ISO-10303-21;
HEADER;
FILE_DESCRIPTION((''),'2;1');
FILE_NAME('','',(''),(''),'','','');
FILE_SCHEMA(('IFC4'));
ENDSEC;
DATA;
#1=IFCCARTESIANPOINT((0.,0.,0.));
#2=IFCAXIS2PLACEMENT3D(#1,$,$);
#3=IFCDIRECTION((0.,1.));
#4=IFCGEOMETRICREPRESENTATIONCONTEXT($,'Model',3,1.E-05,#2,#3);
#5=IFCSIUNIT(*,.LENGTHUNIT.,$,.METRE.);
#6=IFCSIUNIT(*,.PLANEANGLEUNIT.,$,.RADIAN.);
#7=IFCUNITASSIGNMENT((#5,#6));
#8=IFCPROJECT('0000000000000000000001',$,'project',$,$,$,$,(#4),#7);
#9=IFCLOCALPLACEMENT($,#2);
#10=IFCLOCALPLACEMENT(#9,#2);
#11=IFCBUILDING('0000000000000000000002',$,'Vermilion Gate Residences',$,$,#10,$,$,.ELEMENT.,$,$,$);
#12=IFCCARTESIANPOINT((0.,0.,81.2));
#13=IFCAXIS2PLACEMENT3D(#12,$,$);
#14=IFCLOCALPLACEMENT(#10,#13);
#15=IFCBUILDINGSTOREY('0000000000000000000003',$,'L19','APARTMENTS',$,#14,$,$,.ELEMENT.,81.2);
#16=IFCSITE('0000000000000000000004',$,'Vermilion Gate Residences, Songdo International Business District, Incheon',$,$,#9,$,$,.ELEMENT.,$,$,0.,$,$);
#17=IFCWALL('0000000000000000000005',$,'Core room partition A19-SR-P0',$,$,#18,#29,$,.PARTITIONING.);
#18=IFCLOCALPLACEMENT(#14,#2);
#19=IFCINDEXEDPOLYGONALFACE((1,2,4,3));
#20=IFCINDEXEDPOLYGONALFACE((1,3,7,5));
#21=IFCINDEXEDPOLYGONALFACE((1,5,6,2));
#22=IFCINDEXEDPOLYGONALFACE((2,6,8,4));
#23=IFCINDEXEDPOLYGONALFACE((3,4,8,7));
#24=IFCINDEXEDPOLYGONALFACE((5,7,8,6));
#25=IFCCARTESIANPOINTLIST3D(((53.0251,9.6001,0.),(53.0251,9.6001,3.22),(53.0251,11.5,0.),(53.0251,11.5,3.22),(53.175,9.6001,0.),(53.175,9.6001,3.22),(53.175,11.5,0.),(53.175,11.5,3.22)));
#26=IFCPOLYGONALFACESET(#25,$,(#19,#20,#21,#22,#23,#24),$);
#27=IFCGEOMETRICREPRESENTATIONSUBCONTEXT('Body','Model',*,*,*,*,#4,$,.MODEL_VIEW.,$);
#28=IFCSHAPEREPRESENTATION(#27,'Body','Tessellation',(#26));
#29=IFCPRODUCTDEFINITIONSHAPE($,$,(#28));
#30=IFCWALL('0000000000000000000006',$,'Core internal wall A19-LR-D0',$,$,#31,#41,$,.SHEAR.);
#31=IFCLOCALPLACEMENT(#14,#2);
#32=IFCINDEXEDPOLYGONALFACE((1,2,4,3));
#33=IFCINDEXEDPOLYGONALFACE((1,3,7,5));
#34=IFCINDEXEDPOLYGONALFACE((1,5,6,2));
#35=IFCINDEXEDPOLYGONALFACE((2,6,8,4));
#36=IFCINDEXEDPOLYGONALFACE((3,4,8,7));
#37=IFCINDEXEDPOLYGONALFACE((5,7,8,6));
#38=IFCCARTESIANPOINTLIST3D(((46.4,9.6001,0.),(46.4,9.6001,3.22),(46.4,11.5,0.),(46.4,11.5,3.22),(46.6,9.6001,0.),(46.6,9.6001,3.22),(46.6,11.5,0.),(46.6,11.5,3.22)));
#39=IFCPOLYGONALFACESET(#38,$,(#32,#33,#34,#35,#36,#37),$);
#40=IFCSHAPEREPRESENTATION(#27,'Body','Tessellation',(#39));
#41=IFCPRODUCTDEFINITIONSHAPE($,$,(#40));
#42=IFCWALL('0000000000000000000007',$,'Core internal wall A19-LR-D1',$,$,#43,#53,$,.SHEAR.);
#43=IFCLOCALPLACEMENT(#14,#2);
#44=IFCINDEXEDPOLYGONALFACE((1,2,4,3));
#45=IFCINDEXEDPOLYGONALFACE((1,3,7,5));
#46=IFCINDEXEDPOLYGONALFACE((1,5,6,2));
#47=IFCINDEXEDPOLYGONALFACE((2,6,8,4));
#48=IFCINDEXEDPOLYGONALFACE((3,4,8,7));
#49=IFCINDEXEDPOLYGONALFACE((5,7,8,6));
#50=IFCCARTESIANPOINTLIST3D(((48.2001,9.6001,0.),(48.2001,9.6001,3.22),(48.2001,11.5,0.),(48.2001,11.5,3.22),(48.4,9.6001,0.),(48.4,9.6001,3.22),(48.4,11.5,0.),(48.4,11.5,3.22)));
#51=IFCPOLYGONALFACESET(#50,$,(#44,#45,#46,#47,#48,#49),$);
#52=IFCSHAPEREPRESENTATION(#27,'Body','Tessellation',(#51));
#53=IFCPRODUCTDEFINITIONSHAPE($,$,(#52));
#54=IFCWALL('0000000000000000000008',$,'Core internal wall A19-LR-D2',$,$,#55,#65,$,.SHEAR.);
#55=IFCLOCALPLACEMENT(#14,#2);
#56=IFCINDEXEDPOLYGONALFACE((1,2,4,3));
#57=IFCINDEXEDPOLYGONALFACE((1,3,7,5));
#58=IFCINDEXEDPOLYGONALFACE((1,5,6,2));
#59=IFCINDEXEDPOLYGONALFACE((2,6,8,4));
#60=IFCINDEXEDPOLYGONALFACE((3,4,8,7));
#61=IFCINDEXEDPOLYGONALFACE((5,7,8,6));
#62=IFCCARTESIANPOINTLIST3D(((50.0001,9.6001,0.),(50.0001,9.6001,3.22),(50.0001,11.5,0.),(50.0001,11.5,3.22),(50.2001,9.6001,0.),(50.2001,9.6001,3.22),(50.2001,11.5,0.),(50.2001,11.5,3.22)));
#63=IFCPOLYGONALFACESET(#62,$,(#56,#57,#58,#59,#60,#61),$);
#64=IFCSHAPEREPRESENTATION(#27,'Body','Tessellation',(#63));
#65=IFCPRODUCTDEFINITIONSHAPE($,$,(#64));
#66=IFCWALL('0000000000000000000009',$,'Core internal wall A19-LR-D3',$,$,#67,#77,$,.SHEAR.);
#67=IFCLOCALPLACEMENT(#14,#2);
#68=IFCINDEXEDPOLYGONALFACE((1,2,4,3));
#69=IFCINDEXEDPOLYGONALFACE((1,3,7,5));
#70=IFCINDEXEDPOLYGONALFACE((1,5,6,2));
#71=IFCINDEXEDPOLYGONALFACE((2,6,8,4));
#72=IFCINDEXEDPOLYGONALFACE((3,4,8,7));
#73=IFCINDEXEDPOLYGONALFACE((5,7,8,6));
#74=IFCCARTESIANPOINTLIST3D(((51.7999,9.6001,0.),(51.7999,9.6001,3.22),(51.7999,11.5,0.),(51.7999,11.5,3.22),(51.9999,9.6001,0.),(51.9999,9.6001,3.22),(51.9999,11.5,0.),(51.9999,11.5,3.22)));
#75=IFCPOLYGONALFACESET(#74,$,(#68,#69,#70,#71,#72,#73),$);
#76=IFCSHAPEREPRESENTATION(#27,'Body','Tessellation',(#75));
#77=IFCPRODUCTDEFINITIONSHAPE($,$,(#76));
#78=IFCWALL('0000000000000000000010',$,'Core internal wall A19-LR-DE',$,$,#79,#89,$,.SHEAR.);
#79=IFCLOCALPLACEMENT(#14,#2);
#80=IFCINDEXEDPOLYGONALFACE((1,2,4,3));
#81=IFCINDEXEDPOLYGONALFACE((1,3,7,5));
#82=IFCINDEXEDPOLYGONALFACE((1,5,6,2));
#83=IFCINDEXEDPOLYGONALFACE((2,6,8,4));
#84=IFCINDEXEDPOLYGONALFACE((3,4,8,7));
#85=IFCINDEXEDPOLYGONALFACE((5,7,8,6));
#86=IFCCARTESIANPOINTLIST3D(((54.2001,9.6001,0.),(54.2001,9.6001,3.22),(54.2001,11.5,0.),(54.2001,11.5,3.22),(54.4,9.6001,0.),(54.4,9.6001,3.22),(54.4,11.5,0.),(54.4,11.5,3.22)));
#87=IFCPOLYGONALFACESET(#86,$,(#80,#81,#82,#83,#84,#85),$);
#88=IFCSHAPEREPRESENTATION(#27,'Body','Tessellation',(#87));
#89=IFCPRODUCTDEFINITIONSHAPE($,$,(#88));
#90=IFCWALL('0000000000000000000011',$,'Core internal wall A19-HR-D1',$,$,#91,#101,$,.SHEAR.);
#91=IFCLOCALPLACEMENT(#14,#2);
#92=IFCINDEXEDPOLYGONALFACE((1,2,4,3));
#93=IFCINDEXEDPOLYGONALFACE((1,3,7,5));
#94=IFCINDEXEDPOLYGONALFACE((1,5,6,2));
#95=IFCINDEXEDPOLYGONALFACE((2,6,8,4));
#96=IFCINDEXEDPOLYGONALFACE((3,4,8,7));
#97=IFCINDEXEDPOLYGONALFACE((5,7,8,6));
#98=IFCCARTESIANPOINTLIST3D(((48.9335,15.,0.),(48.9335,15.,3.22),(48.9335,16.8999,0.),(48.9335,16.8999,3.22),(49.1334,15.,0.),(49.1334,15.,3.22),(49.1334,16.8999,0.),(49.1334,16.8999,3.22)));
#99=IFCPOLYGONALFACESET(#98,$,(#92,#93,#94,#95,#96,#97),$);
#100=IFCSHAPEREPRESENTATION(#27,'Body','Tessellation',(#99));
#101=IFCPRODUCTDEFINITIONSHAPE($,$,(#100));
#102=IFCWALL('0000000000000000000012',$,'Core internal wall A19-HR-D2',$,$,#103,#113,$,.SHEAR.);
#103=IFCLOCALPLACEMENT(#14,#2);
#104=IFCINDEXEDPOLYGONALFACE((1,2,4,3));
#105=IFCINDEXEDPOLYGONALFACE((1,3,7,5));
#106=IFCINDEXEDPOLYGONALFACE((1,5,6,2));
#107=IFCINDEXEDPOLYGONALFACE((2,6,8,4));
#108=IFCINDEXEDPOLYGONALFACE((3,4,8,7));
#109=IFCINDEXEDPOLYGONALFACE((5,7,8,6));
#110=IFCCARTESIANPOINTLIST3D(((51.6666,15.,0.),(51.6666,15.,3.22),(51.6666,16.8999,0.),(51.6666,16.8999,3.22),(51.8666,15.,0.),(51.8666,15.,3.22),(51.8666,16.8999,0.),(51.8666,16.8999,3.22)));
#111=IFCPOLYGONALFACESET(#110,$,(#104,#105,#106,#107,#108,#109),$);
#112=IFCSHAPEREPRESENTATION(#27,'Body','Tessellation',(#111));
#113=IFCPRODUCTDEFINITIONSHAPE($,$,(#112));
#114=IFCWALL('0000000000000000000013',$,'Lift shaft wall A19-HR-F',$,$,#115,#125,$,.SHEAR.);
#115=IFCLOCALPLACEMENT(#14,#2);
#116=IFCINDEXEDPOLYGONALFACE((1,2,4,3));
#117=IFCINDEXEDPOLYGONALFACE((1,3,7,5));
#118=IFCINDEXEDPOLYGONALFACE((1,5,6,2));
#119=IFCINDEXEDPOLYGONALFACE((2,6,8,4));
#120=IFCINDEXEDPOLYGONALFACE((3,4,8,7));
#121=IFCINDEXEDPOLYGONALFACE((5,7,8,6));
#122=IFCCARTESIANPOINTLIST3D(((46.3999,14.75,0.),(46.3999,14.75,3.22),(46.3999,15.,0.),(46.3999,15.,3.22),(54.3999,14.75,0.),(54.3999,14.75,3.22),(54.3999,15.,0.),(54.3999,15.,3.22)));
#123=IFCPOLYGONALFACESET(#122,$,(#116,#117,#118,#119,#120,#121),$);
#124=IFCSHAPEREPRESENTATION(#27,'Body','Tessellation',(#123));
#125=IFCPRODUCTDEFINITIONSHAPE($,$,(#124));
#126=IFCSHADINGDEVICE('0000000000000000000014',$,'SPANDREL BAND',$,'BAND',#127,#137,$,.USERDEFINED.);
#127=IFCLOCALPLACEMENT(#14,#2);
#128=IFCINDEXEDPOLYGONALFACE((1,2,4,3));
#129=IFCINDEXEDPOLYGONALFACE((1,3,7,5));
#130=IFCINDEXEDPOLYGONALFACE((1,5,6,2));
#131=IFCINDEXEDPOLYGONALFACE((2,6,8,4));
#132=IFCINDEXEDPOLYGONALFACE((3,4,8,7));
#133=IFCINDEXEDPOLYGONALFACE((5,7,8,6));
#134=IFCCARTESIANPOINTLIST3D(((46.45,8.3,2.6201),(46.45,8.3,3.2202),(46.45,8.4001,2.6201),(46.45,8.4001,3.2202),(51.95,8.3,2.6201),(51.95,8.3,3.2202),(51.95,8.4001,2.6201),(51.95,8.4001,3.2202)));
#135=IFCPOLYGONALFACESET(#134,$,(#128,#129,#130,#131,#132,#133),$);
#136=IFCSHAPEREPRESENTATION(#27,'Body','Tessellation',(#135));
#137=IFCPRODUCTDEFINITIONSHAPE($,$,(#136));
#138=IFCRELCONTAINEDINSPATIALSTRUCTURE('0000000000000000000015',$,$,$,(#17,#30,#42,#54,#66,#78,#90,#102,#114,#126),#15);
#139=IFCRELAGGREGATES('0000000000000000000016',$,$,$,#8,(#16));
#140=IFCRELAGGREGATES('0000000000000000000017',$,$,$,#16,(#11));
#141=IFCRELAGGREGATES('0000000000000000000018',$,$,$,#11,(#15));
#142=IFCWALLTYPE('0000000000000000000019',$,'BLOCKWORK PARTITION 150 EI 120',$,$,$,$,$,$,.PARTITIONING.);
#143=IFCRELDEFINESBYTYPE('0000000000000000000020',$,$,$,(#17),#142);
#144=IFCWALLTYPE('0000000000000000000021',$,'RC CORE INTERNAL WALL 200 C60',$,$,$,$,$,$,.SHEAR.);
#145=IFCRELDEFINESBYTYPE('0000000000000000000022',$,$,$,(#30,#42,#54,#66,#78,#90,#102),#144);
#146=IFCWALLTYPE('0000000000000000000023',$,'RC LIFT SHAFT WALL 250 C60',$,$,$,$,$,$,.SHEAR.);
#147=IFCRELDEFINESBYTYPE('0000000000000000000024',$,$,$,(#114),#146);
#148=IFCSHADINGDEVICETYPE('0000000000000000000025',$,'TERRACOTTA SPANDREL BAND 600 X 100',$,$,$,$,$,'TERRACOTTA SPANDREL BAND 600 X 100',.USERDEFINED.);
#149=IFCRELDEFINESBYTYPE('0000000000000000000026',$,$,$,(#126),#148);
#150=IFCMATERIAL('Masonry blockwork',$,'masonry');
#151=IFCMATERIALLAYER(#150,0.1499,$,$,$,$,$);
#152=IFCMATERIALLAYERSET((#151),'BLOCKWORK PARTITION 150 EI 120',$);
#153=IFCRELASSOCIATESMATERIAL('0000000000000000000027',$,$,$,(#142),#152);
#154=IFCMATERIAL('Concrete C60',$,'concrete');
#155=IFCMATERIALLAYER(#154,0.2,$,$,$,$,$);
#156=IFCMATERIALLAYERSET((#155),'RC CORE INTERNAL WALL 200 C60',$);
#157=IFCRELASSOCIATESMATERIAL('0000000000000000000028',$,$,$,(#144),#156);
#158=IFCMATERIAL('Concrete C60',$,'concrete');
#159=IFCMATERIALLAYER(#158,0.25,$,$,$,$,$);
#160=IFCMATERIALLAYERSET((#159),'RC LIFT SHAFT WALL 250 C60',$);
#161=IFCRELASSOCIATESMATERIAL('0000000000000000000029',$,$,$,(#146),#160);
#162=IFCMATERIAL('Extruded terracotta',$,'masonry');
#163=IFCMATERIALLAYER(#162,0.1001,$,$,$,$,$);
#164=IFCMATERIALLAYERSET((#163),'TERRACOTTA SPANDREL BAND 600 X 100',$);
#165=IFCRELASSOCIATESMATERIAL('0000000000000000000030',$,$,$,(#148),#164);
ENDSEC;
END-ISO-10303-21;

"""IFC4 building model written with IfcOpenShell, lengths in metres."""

from ifc_helpers import new_model, si_unit, direction, frame, frame_2d, origin, origin_2d, place, context, subcontext, project, spatial, rectangle, extrude, material, layer, layer_set, type_object, element, save


model = new_model("IFC4")

# Units and contexts
model_context = context("Model", 3, precision=1e-05, world=origin(), true_north=direction((0.0, 1.0)))
body_context = subcontext(model_context, "Body", "Model", "MODEL_VIEW")
ifc_project = project(units=[si_unit("LENGTHUNIT", "METRE"), si_unit("PLANEANGLEUNIT", "RADIAN")], contexts=[model_context])

# Site, building, storey
site_placement = place(None, origin())
site = spatial("IfcSite", under=ifc_project, at=site_placement, Name="Vermilion Gate Residences, Songdo International Business District, Incheon", CompositionType="ELEMENT", RefElevation=0.0)
building_placement = place(site_placement, origin())
building = spatial("IfcBuilding", under=site, at=building_placement, Name="Vermilion Gate Residences", CompositionType="ELEMENT")
storey_placement = place(building_placement, frame((0.0, 0.0, 81.2)))
storey = spatial("IfcBuildingStorey", under=building, at=storey_placement, Name="L19", Description="APARTMENTS", CompositionType="ELEMENT", Elevation=81.2)

# Walls
ifc_material_1 = material(Name="Masonry blockwork", Category="masonry")
ifc_layer_1 = layer(ifc_material_1, 0.1499)
ifc_layer_set_1 = layer_set([ifc_layer_1], Name="BLOCKWORK PARTITION 150 EI 120")
wall_type_1 = type_object("IfcWallType", Name="BLOCKWORK PARTITION 150 EI 120", PredefinedType="PARTITIONING", material=ifc_layer_set_1)
wall_1_placement = place(storey_placement, frame((53.1001, 9.6001, 0.0), z_axis=(0.0, 0.0, 1.0), x_axis=(0.0, 1.0, 0.0)))
element("IfcWall", 1, at=wall_1_placement, inside=storey, type_object=wall_type_1, Name="Core room partition A19-SR-P0", PredefinedType="PARTITIONING", context=body_context, shape_type="SweptSolid", body=[
    extrude(rectangle(XDim=1.8999, YDim=0.1499, at=frame_2d((0.95, 0.0))), origin(), (0.0, 0.0, 1.0), 3.22),
])
ifc_material_2 = material(Name="Concrete C60", Category="concrete")
ifc_layer_2 = layer(ifc_material_2, 0.2)
ifc_layer_set_2 = layer_set([ifc_layer_2], Name="RC CORE INTERNAL WALL 200 C60")
wall_type_2 = type_object("IfcWallType", Name="RC CORE INTERNAL WALL 200 C60", PredefinedType="SHEAR", material=ifc_layer_set_2)
for number, where, z_axis, x_axis, name in (
    (2, (46.5, 9.6001, 0.0), (0.0, 0.0, 1.0), (0.0, 1.0, 0.0), "Core internal wall A19-LR-D0"),
    (3, (48.3, 9.6001, 0.0), (0.0, 0.0, 1.0), (0.0, 1.0, 0.0), "Core internal wall A19-LR-D1"),
    (4, (50.1001, 9.6001, 0.0), (0.0, 0.0, 1.0), (0.0, 1.0, 0.0), "Core internal wall A19-LR-D2"),
    (5, (51.8999, 9.6001, 0.0), (0.0, 0.0, 1.0), (0.0, 1.0, 0.0), "Core internal wall A19-LR-D3"),
    (6, (54.3, 9.6001, 0.0), (0.0, 0.0, 1.0), (0.0, 1.0, 0.0), "Core internal wall A19-LR-DE"),
    (7, (49.0334, 15.0, 0.0), (0.0, 0.0, 1.0), (0.0, 1.0, 0.0), "Core internal wall A19-HR-D1"),
    (8, (51.7666, 15.0, 0.0), (0.0, 0.0, 1.0), (0.0, 1.0, 0.0), "Core internal wall A19-HR-D2"),
):
    element("IfcWall", number, at=place(storey_placement, frame(where, z_axis=z_axis, x_axis=x_axis)), inside=storey, type_object=wall_type_2, Name=name, PredefinedType="SHEAR", context=body_context, shape_type="SweptSolid", body=[
        extrude(rectangle(XDim=1.8999, YDim=0.2, at=frame_2d((0.95, 0.0))), origin(), (0.0, 0.0, 1.0), 3.22),
    ])
ifc_material_3 = material(Name="Concrete C60", Category="concrete")
ifc_layer_3 = layer(ifc_material_3, 0.25)
ifc_layer_set_3 = layer_set([ifc_layer_3], Name="RC LIFT SHAFT WALL 250 C60")
wall_type_3 = type_object("IfcWallType", Name="RC LIFT SHAFT WALL 250 C60", PredefinedType="SHEAR", material=ifc_layer_set_3)
wall_2_placement = place(storey_placement, frame((46.3999, 14.875, 0.0), z_axis=(0.0, 0.0, 1.0), x_axis=(1.0, 0.0, 0.0)))
element("IfcWall", 9, at=wall_2_placement, inside=storey, type_object=wall_type_3, Name="Lift shaft wall A19-HR-F", PredefinedType="SHEAR", context=body_context, shape_type="SweptSolid", body=[
    extrude(rectangle(XDim=8.0, YDim=0.25, at=frame_2d((4.0, 0.0))), origin(), (0.0, 0.0, 1.0), 3.22),
])

# Shading device
ifc_material_4 = material(Name="Extruded terracotta", Category="masonry")
ifc_layer_4 = layer(ifc_material_4, 0.1001)
ifc_layer_set_4 = layer_set([ifc_layer_4], Name="TERRACOTTA SPANDREL BAND 600 X 100")
shading_device_type = type_object("IfcShadingDeviceType", Name="TERRACOTTA SPANDREL BAND 600 X 100", ElementType="TERRACOTTA SPANDREL BAND 600 X 100", PredefinedType="USERDEFINED", material=ifc_layer_set_4)
shading_device_placement = place(storey_placement, frame((49.2, 8.3501, 2.6201), z_axis=(0.0, 0.0, 1.0), x_axis=(1.0, 0.0, 0.0)))
element("IfcShadingDevice", 10, at=shading_device_placement, inside=storey, type_object=shading_device_type, Name="SPANDREL BAND", ObjectType="BAND", PredefinedType="USERDEFINED", context=body_context, shape_type="SweptSolid", body=[
    extrude(rectangle(XDim=5.5, YDim=0.1001, at=origin_2d()), origin(), (0.0, 0.0, 1.0), 0.6001),
])

save(model, "model.ifc")
